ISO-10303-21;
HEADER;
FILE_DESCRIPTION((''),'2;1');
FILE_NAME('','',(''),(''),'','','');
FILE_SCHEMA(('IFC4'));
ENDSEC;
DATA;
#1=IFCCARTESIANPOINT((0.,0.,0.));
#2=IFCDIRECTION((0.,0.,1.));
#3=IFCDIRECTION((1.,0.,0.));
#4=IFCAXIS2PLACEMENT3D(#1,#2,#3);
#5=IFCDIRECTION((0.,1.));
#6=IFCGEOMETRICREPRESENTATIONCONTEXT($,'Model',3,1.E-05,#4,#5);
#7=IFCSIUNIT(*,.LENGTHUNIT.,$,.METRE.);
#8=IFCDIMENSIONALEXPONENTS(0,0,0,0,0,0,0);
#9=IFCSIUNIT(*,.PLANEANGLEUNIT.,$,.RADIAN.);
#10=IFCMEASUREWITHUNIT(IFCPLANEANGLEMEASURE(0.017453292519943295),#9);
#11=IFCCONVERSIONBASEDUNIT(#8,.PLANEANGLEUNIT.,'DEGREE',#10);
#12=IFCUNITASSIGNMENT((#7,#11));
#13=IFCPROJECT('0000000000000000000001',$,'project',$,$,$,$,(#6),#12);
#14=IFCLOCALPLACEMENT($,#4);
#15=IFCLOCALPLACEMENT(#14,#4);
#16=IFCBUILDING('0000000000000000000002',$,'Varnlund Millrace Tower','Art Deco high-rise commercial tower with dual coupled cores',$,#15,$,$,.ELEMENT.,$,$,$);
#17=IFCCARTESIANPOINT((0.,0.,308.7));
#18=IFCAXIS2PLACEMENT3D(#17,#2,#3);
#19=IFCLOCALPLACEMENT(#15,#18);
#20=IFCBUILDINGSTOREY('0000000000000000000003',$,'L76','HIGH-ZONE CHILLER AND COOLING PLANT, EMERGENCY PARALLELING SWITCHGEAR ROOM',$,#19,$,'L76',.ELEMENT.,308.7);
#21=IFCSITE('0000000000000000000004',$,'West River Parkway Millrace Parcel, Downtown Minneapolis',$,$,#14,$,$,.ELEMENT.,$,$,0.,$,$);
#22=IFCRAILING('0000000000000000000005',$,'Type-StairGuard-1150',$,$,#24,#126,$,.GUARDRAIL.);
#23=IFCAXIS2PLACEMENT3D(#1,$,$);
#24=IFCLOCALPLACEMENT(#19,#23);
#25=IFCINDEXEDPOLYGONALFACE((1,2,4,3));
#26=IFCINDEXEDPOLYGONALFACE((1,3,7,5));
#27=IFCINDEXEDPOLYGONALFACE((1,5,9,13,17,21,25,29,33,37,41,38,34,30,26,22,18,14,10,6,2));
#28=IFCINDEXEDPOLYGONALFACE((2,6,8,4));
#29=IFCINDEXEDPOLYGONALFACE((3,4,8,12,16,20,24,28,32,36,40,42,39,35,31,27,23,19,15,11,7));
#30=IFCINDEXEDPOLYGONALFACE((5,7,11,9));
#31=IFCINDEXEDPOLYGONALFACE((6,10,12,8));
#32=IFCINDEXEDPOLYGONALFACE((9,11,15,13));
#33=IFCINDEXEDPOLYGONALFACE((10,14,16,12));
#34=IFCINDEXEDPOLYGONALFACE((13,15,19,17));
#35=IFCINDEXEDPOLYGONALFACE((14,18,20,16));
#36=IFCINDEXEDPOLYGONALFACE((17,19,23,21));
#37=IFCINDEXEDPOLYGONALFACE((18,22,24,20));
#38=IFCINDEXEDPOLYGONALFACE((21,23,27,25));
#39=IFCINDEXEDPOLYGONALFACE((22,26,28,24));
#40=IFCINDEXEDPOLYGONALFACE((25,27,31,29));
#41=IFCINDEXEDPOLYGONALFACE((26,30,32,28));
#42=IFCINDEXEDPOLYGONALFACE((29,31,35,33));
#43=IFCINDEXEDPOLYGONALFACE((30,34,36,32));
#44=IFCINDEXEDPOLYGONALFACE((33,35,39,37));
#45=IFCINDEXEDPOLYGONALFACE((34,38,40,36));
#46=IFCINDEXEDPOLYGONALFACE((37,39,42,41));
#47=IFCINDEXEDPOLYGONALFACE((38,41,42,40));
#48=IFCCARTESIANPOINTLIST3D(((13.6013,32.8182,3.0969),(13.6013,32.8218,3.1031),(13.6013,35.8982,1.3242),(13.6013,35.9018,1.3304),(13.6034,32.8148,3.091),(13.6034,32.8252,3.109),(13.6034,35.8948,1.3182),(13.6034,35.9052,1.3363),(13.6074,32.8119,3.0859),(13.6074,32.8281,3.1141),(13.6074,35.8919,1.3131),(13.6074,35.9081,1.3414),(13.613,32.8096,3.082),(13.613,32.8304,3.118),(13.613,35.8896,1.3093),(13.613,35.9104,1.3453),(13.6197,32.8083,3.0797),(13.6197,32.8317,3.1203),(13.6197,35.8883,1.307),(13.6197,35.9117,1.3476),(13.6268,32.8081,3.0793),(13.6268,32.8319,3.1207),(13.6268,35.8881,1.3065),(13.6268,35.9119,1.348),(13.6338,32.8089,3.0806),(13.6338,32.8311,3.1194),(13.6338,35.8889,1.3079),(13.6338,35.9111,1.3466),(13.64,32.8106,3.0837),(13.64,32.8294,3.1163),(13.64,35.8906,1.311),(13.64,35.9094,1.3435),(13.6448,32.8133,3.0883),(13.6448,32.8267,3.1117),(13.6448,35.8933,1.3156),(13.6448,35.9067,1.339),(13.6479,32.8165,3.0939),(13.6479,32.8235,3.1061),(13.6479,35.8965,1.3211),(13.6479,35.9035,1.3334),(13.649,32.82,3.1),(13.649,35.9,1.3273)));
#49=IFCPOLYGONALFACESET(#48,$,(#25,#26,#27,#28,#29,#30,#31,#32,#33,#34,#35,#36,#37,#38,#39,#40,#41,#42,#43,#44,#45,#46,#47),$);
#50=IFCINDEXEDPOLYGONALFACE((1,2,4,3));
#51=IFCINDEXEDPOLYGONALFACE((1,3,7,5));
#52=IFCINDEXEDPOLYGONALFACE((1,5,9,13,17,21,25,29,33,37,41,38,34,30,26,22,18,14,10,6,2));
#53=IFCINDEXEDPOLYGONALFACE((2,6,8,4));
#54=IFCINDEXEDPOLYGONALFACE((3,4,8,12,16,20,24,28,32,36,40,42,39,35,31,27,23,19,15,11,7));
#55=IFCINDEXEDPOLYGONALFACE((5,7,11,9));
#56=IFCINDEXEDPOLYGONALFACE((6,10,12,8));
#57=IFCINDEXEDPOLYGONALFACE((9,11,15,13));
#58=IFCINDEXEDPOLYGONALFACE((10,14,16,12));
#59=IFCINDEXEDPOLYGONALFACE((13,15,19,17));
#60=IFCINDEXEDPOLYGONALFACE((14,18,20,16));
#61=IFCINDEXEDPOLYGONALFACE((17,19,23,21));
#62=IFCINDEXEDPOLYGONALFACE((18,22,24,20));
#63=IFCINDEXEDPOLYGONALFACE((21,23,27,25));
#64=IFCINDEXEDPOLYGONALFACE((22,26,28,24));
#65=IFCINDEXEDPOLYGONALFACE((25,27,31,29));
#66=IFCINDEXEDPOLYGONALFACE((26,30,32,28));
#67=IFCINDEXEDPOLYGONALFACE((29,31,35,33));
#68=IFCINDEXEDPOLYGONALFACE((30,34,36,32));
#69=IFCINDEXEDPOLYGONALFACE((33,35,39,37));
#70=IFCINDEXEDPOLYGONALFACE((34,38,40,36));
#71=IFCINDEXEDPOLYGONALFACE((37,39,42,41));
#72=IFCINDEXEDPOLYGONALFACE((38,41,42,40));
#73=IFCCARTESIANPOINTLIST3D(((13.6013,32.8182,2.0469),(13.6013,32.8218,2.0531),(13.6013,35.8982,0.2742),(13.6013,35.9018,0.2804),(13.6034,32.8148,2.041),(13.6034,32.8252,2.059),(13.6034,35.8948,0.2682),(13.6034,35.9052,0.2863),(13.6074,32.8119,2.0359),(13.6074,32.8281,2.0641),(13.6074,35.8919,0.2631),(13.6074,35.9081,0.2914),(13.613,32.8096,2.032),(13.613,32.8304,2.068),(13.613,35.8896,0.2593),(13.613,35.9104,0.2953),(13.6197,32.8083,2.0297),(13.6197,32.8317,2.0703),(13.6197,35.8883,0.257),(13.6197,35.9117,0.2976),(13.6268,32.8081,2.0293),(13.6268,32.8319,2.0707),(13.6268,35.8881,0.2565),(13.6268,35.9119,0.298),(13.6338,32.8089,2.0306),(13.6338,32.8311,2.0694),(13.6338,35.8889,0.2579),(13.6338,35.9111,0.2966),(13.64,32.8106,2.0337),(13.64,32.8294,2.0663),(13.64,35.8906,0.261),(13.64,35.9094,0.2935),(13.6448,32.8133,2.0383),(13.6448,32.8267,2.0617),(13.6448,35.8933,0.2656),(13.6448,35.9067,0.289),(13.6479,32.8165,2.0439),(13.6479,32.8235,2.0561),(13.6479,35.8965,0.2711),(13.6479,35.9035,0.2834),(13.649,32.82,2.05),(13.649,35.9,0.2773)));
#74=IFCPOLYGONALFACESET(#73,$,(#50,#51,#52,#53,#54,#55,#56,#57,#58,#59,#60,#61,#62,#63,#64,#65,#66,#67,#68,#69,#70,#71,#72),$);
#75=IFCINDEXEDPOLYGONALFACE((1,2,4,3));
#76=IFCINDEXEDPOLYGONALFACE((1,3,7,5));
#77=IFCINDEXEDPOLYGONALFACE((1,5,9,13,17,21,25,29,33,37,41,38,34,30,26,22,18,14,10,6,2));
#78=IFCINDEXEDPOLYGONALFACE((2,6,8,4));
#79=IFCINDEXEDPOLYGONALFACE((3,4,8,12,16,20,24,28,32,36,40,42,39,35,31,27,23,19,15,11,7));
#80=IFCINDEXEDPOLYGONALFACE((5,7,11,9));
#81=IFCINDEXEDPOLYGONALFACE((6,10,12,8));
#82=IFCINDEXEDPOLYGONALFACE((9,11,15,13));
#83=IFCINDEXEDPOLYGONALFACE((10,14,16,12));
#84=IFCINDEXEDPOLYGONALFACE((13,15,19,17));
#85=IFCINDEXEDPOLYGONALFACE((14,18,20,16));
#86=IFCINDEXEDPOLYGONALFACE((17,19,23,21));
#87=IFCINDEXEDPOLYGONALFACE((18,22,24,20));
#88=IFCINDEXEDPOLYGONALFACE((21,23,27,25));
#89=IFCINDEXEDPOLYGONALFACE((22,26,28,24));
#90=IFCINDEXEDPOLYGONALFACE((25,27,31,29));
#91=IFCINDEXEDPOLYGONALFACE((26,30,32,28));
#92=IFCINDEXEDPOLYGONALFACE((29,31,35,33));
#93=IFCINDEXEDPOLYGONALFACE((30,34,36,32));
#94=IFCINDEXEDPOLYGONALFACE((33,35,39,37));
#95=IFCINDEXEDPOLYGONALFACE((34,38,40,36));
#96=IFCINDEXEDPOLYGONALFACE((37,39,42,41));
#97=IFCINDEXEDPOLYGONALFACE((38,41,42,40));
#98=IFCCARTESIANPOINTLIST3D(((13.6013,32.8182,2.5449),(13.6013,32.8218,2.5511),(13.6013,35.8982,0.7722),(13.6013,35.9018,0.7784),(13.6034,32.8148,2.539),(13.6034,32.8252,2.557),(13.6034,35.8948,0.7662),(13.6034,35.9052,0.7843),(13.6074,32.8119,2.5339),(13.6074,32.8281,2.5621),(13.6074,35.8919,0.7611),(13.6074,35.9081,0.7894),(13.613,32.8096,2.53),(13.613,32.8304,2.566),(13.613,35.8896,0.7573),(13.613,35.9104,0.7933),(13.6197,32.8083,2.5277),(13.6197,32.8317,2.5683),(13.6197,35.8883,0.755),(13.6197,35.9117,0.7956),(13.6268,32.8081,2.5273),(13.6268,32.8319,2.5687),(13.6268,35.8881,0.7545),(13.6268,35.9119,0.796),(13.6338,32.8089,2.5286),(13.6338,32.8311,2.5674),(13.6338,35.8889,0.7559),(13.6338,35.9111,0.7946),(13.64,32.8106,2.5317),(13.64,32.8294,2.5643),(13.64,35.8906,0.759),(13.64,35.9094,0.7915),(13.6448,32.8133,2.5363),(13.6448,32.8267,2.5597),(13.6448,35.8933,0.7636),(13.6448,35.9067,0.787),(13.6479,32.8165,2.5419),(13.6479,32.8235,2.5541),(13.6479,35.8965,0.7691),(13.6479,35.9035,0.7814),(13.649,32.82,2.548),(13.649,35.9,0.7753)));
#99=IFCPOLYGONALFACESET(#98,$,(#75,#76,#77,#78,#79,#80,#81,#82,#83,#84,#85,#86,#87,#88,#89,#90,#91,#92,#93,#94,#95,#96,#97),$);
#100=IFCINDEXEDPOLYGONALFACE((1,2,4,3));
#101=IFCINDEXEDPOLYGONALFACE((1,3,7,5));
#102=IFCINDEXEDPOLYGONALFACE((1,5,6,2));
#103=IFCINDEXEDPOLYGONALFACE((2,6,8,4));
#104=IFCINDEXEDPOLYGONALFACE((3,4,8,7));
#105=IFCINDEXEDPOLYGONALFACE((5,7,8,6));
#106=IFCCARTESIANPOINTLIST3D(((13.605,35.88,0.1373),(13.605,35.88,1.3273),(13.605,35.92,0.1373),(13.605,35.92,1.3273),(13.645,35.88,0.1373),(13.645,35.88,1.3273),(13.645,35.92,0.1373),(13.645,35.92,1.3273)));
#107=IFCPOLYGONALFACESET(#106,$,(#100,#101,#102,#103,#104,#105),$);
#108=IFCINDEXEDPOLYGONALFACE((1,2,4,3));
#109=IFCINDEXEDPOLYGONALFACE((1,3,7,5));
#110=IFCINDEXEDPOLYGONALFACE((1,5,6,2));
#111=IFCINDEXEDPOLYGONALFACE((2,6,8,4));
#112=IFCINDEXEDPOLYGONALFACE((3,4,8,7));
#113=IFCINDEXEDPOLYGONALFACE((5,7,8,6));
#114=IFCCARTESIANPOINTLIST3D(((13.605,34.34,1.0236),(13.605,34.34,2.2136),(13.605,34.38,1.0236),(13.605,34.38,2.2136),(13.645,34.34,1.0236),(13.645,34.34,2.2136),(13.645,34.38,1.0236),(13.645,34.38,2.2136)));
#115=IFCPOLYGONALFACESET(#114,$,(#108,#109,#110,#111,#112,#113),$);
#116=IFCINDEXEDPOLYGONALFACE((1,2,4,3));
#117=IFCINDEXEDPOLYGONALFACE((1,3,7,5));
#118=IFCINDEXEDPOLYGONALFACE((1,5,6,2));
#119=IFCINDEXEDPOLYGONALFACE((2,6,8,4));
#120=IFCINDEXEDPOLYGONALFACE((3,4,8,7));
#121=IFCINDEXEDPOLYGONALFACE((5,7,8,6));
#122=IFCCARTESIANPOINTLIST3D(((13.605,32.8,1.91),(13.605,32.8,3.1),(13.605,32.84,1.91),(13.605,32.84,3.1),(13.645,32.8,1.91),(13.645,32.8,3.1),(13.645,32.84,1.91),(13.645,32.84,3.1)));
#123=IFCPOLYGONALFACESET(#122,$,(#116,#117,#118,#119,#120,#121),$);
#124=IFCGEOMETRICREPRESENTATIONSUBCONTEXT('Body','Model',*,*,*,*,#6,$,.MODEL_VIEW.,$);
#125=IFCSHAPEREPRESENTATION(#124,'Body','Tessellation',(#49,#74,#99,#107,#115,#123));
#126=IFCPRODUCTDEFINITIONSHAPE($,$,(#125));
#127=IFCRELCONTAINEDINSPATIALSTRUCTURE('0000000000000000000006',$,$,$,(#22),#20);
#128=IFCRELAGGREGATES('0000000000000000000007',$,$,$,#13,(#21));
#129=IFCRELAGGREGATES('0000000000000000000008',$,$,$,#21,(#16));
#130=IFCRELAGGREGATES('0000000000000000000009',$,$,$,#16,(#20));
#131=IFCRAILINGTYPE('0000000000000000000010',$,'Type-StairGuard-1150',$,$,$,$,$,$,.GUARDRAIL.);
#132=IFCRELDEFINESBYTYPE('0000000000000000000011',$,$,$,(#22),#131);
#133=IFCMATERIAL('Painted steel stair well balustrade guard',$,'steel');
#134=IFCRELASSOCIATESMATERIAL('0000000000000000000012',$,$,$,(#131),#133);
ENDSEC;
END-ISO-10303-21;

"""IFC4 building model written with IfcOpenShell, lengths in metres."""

from ifc_helpers import new_model, entity, si_unit, converted_unit, direction, frame, origin_with_axes, origin_2d_with_axis, place, context, subcontext, project, spatial, rectangle, circle, extrude, material, type_object, element, save


model = new_model("IFC4")

# Units and contexts
model_context = context("Model", 3, precision=1e-05, world=origin_with_axes(), true_north=direction((0.0, 1.0)))
body_context = subcontext(model_context, "Body", "Model", "MODEL_VIEW")
ifc_project = project(units=[si_unit("LENGTHUNIT", "METRE"), converted_unit("PLANEANGLEUNIT", "DEGREE", entity("IfcPlaneAngleMeasure", 0.017453292519943295), si_unit("PLANEANGLEUNIT", "RADIAN"), dimensions=[0, 0, 0, 0, 0, 0, 0])], contexts=[model_context])

# Site, building, storey
site_placement = place(None, origin_with_axes())
site = spatial("IfcSite", under=ifc_project, at=site_placement, Name="West River Parkway Millrace Parcel, Downtown Minneapolis", CompositionType="ELEMENT", RefElevation=0.0)
building_placement = place(site_placement, origin_with_axes())
building = spatial("IfcBuilding", under=site, at=building_placement, Name="Varnlund Millrace Tower", Description="Art Deco high-rise commercial tower with dual coupled cores", CompositionType="ELEMENT")
storey_placement = place(building_placement, frame((0.0, 0.0, 308.7), z_axis=(0.0, 0.0, 1.0), x_axis=(1.0, 0.0, 0.0)))
storey = spatial("IfcBuildingStorey", under=building, at=storey_placement, Name="L76", Description="HIGH-ZONE CHILLER AND COOLING PLANT, EMERGENCY PARALLELING SWITCHGEAR ROOM", LongName="L76", CompositionType="ELEMENT", Elevation=308.7)

# Railing
ifc_material_1 = material(Name="Painted steel stair well balustrade guard", Category="steel")
railing_type_1 = type_object("IfcRailingType", Name="Type-StairGuard-1150", PredefinedType="GUARDRAIL", material=ifc_material_1)
railing_1_placement = place(storey_placement, frame((0.0, 0.0, -308.7), z_axis=(0.0, 0.0, 1.0), x_axis=(1.0, 0.0, 0.0)))
element("IfcRailing", 1, at=railing_1_placement, inside=storey, type_object=railing_type_1, Name="Type-StairGuard-1150", PredefinedType="GUARDRAIL", context=body_context, shape_type="SweptSolid", body=[
    extrude(circle(Radius=0.024, at=origin_2d_with_axis()), frame((13.625, 35.9, 310.0273), z_axis=(0.0, -0.866696, 0.498836), x_axis=(1.0, 0.0, 0.0)), (0.0, 0.0, 1.0), 3.5537),
    extrude(circle(Radius=0.024, at=origin_2d_with_axis()), frame((13.625, 35.9, 308.9773), z_axis=(0.0, -0.866696, 0.498836), x_axis=(1.0, 0.0, 0.0)), (0.0, 0.0, 1.0), 3.5537),
    extrude(circle(Radius=0.024, at=origin_2d_with_axis()), frame((13.625, 35.9, 309.4753), z_axis=(0.0, -0.866696, 0.498836), x_axis=(1.0, 0.0, 0.0)), (0.0, 0.0, 1.0), 3.5537),
    extrude(rectangle(XDim=0.04, YDim=0.04, at=origin_2d_with_axis()), frame((13.625, 35.9, 308.8373), z_axis=(0.0, 0.0, 1.0), x_axis=(1.0, 0.0, 0.0)), (0.0, 0.0, 1.0), 1.19),
    extrude(rectangle(XDim=0.04, YDim=0.04, at=origin_2d_with_axis()), frame((13.625, 34.36, 309.7236), z_axis=(0.0, 0.0, 1.0), x_axis=(1.0, 0.0, 0.0)), (0.0, 0.0, 1.0), 1.19),
    extrude(rectangle(XDim=0.04, YDim=0.04, at=origin_2d_with_axis()), frame((13.625, 32.82, 310.61), z_axis=(0.0, 0.0, 1.0), x_axis=(1.0, 0.0, 0.0)), (0.0, 0.0, 1.0), 1.19),
])

save(model, "model.ifc")
